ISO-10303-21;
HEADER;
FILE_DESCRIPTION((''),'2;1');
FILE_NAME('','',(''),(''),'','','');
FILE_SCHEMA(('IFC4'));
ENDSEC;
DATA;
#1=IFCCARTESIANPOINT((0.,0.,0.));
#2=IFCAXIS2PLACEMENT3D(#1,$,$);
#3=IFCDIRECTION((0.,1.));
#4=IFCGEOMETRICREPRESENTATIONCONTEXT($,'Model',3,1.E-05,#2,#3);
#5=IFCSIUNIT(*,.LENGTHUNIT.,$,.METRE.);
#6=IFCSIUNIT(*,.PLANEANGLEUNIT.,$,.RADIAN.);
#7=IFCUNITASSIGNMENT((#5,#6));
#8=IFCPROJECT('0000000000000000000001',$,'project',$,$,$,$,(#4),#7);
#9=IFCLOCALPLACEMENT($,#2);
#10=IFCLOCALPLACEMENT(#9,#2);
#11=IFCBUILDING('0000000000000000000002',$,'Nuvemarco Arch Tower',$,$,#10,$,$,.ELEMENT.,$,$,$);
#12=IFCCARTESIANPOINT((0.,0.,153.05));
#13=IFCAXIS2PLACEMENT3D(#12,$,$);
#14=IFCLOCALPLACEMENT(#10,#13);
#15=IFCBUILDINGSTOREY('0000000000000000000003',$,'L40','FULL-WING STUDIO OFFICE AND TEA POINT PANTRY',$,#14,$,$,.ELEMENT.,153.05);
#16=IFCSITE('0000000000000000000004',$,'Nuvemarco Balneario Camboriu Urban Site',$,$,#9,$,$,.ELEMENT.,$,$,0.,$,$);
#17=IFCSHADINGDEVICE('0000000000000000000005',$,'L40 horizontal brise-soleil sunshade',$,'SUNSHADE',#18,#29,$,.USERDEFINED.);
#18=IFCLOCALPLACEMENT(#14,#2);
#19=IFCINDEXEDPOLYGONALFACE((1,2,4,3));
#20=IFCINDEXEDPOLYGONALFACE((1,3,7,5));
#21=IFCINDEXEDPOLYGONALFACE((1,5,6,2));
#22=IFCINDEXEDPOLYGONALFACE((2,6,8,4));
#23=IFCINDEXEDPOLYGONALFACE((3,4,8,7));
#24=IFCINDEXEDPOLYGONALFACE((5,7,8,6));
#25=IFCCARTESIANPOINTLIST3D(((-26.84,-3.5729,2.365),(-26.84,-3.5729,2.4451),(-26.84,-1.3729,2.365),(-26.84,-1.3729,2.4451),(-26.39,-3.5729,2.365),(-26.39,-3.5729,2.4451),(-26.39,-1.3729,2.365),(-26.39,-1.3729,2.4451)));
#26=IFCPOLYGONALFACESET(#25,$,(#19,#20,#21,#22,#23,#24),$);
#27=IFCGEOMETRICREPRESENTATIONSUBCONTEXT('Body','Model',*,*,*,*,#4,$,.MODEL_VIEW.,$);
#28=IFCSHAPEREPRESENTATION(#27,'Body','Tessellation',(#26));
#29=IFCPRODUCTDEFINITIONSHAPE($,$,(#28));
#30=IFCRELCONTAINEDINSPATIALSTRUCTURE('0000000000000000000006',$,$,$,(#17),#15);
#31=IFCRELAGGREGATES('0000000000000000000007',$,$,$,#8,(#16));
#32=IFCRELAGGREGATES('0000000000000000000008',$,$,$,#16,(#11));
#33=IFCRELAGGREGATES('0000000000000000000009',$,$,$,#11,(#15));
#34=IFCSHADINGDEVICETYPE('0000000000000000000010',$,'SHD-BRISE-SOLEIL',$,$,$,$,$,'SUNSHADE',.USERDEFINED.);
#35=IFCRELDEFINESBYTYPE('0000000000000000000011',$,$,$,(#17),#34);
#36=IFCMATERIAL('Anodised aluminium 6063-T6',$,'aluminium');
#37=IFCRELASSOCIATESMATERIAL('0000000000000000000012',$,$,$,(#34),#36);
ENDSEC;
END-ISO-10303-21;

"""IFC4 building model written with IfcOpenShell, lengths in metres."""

from ifc_helpers import new_model, si_unit, direction, frame, origin, origin_2d, place, context, subcontext, project, spatial, rectangle, extrude, source, transform, mapped, material, type_object, type_shapes, element, save


model = new_model("IFC4")

# Units and contexts
model_context = context("Model", 3, precision=1e-05, world=origin(), true_north=direction((0.0, 1.0)))
body_context = subcontext(model_context, "Body", "Model", "MODEL_VIEW")
ifc_project = project(units=[si_unit("LENGTHUNIT", "METRE"), si_unit("PLANEANGLEUNIT", "RADIAN")], contexts=[model_context])

# Site, building, storey
site_placement = place(None, origin())
site = spatial("IfcSite", under=ifc_project, at=site_placement, Name="Nuvemarco Balneario Camboriu Urban Site", CompositionType="ELEMENT", RefElevation=0.0)
building_placement = place(site_placement, origin())
building = spatial("IfcBuilding", under=site, at=building_placement, Name="Nuvemarco Arch Tower", CompositionType="ELEMENT")
storey_placement = place(building_placement, frame((0.0, 0.0, 153.05)))
storey = spatial("IfcBuildingStorey", under=building, at=storey_placement, Name="L40", Description="FULL-WING STUDIO OFFICE AND TEA POINT PANTRY", CompositionType="ELEMENT", Elevation=153.05)

# Shading device
ifc_material_1 = material(Name="Anodised aluminium 6063-T6", Category="aluminium")
shading_device_type = type_object("IfcShadingDeviceType", Name="SHD-BRISE-SOLEIL", ElementType="SUNSHADE", PredefinedType="USERDEFINED", material=ifc_material_1)
shared_shape = source(origin(), body_context, "Body", "SweptSolid", [
    extrude(rectangle(XDim=2.2, YDim=0.45, at=origin_2d()), origin(), (0.0, 0.0, 1.0), 0.0801),
])
type_shapes(shading_device_type, [shared_shape])
for number, where, z_axis, x_axis, name in (
    (1, (-26.615, -2.4729, 2.365), (0.0, 0.0, 1.0), (0.0, 1.0, 0.0), "L40 horizontal brise-soleil sunshade"),
):
    element("IfcShadingDevice", number, at=place(storey_placement, frame(where, z_axis=z_axis, x_axis=x_axis)), inside=storey, type_object=shading_device_type, Name=name, ObjectType="SUNSHADE", PredefinedType="USERDEFINED", context=body_context, shape_type="MappedRepresentation", body=[
        mapped(shared_shape, transform((0.0, 0.0, 0.0), scale=1.0)),
    ])

save(model, "model.ifc")
